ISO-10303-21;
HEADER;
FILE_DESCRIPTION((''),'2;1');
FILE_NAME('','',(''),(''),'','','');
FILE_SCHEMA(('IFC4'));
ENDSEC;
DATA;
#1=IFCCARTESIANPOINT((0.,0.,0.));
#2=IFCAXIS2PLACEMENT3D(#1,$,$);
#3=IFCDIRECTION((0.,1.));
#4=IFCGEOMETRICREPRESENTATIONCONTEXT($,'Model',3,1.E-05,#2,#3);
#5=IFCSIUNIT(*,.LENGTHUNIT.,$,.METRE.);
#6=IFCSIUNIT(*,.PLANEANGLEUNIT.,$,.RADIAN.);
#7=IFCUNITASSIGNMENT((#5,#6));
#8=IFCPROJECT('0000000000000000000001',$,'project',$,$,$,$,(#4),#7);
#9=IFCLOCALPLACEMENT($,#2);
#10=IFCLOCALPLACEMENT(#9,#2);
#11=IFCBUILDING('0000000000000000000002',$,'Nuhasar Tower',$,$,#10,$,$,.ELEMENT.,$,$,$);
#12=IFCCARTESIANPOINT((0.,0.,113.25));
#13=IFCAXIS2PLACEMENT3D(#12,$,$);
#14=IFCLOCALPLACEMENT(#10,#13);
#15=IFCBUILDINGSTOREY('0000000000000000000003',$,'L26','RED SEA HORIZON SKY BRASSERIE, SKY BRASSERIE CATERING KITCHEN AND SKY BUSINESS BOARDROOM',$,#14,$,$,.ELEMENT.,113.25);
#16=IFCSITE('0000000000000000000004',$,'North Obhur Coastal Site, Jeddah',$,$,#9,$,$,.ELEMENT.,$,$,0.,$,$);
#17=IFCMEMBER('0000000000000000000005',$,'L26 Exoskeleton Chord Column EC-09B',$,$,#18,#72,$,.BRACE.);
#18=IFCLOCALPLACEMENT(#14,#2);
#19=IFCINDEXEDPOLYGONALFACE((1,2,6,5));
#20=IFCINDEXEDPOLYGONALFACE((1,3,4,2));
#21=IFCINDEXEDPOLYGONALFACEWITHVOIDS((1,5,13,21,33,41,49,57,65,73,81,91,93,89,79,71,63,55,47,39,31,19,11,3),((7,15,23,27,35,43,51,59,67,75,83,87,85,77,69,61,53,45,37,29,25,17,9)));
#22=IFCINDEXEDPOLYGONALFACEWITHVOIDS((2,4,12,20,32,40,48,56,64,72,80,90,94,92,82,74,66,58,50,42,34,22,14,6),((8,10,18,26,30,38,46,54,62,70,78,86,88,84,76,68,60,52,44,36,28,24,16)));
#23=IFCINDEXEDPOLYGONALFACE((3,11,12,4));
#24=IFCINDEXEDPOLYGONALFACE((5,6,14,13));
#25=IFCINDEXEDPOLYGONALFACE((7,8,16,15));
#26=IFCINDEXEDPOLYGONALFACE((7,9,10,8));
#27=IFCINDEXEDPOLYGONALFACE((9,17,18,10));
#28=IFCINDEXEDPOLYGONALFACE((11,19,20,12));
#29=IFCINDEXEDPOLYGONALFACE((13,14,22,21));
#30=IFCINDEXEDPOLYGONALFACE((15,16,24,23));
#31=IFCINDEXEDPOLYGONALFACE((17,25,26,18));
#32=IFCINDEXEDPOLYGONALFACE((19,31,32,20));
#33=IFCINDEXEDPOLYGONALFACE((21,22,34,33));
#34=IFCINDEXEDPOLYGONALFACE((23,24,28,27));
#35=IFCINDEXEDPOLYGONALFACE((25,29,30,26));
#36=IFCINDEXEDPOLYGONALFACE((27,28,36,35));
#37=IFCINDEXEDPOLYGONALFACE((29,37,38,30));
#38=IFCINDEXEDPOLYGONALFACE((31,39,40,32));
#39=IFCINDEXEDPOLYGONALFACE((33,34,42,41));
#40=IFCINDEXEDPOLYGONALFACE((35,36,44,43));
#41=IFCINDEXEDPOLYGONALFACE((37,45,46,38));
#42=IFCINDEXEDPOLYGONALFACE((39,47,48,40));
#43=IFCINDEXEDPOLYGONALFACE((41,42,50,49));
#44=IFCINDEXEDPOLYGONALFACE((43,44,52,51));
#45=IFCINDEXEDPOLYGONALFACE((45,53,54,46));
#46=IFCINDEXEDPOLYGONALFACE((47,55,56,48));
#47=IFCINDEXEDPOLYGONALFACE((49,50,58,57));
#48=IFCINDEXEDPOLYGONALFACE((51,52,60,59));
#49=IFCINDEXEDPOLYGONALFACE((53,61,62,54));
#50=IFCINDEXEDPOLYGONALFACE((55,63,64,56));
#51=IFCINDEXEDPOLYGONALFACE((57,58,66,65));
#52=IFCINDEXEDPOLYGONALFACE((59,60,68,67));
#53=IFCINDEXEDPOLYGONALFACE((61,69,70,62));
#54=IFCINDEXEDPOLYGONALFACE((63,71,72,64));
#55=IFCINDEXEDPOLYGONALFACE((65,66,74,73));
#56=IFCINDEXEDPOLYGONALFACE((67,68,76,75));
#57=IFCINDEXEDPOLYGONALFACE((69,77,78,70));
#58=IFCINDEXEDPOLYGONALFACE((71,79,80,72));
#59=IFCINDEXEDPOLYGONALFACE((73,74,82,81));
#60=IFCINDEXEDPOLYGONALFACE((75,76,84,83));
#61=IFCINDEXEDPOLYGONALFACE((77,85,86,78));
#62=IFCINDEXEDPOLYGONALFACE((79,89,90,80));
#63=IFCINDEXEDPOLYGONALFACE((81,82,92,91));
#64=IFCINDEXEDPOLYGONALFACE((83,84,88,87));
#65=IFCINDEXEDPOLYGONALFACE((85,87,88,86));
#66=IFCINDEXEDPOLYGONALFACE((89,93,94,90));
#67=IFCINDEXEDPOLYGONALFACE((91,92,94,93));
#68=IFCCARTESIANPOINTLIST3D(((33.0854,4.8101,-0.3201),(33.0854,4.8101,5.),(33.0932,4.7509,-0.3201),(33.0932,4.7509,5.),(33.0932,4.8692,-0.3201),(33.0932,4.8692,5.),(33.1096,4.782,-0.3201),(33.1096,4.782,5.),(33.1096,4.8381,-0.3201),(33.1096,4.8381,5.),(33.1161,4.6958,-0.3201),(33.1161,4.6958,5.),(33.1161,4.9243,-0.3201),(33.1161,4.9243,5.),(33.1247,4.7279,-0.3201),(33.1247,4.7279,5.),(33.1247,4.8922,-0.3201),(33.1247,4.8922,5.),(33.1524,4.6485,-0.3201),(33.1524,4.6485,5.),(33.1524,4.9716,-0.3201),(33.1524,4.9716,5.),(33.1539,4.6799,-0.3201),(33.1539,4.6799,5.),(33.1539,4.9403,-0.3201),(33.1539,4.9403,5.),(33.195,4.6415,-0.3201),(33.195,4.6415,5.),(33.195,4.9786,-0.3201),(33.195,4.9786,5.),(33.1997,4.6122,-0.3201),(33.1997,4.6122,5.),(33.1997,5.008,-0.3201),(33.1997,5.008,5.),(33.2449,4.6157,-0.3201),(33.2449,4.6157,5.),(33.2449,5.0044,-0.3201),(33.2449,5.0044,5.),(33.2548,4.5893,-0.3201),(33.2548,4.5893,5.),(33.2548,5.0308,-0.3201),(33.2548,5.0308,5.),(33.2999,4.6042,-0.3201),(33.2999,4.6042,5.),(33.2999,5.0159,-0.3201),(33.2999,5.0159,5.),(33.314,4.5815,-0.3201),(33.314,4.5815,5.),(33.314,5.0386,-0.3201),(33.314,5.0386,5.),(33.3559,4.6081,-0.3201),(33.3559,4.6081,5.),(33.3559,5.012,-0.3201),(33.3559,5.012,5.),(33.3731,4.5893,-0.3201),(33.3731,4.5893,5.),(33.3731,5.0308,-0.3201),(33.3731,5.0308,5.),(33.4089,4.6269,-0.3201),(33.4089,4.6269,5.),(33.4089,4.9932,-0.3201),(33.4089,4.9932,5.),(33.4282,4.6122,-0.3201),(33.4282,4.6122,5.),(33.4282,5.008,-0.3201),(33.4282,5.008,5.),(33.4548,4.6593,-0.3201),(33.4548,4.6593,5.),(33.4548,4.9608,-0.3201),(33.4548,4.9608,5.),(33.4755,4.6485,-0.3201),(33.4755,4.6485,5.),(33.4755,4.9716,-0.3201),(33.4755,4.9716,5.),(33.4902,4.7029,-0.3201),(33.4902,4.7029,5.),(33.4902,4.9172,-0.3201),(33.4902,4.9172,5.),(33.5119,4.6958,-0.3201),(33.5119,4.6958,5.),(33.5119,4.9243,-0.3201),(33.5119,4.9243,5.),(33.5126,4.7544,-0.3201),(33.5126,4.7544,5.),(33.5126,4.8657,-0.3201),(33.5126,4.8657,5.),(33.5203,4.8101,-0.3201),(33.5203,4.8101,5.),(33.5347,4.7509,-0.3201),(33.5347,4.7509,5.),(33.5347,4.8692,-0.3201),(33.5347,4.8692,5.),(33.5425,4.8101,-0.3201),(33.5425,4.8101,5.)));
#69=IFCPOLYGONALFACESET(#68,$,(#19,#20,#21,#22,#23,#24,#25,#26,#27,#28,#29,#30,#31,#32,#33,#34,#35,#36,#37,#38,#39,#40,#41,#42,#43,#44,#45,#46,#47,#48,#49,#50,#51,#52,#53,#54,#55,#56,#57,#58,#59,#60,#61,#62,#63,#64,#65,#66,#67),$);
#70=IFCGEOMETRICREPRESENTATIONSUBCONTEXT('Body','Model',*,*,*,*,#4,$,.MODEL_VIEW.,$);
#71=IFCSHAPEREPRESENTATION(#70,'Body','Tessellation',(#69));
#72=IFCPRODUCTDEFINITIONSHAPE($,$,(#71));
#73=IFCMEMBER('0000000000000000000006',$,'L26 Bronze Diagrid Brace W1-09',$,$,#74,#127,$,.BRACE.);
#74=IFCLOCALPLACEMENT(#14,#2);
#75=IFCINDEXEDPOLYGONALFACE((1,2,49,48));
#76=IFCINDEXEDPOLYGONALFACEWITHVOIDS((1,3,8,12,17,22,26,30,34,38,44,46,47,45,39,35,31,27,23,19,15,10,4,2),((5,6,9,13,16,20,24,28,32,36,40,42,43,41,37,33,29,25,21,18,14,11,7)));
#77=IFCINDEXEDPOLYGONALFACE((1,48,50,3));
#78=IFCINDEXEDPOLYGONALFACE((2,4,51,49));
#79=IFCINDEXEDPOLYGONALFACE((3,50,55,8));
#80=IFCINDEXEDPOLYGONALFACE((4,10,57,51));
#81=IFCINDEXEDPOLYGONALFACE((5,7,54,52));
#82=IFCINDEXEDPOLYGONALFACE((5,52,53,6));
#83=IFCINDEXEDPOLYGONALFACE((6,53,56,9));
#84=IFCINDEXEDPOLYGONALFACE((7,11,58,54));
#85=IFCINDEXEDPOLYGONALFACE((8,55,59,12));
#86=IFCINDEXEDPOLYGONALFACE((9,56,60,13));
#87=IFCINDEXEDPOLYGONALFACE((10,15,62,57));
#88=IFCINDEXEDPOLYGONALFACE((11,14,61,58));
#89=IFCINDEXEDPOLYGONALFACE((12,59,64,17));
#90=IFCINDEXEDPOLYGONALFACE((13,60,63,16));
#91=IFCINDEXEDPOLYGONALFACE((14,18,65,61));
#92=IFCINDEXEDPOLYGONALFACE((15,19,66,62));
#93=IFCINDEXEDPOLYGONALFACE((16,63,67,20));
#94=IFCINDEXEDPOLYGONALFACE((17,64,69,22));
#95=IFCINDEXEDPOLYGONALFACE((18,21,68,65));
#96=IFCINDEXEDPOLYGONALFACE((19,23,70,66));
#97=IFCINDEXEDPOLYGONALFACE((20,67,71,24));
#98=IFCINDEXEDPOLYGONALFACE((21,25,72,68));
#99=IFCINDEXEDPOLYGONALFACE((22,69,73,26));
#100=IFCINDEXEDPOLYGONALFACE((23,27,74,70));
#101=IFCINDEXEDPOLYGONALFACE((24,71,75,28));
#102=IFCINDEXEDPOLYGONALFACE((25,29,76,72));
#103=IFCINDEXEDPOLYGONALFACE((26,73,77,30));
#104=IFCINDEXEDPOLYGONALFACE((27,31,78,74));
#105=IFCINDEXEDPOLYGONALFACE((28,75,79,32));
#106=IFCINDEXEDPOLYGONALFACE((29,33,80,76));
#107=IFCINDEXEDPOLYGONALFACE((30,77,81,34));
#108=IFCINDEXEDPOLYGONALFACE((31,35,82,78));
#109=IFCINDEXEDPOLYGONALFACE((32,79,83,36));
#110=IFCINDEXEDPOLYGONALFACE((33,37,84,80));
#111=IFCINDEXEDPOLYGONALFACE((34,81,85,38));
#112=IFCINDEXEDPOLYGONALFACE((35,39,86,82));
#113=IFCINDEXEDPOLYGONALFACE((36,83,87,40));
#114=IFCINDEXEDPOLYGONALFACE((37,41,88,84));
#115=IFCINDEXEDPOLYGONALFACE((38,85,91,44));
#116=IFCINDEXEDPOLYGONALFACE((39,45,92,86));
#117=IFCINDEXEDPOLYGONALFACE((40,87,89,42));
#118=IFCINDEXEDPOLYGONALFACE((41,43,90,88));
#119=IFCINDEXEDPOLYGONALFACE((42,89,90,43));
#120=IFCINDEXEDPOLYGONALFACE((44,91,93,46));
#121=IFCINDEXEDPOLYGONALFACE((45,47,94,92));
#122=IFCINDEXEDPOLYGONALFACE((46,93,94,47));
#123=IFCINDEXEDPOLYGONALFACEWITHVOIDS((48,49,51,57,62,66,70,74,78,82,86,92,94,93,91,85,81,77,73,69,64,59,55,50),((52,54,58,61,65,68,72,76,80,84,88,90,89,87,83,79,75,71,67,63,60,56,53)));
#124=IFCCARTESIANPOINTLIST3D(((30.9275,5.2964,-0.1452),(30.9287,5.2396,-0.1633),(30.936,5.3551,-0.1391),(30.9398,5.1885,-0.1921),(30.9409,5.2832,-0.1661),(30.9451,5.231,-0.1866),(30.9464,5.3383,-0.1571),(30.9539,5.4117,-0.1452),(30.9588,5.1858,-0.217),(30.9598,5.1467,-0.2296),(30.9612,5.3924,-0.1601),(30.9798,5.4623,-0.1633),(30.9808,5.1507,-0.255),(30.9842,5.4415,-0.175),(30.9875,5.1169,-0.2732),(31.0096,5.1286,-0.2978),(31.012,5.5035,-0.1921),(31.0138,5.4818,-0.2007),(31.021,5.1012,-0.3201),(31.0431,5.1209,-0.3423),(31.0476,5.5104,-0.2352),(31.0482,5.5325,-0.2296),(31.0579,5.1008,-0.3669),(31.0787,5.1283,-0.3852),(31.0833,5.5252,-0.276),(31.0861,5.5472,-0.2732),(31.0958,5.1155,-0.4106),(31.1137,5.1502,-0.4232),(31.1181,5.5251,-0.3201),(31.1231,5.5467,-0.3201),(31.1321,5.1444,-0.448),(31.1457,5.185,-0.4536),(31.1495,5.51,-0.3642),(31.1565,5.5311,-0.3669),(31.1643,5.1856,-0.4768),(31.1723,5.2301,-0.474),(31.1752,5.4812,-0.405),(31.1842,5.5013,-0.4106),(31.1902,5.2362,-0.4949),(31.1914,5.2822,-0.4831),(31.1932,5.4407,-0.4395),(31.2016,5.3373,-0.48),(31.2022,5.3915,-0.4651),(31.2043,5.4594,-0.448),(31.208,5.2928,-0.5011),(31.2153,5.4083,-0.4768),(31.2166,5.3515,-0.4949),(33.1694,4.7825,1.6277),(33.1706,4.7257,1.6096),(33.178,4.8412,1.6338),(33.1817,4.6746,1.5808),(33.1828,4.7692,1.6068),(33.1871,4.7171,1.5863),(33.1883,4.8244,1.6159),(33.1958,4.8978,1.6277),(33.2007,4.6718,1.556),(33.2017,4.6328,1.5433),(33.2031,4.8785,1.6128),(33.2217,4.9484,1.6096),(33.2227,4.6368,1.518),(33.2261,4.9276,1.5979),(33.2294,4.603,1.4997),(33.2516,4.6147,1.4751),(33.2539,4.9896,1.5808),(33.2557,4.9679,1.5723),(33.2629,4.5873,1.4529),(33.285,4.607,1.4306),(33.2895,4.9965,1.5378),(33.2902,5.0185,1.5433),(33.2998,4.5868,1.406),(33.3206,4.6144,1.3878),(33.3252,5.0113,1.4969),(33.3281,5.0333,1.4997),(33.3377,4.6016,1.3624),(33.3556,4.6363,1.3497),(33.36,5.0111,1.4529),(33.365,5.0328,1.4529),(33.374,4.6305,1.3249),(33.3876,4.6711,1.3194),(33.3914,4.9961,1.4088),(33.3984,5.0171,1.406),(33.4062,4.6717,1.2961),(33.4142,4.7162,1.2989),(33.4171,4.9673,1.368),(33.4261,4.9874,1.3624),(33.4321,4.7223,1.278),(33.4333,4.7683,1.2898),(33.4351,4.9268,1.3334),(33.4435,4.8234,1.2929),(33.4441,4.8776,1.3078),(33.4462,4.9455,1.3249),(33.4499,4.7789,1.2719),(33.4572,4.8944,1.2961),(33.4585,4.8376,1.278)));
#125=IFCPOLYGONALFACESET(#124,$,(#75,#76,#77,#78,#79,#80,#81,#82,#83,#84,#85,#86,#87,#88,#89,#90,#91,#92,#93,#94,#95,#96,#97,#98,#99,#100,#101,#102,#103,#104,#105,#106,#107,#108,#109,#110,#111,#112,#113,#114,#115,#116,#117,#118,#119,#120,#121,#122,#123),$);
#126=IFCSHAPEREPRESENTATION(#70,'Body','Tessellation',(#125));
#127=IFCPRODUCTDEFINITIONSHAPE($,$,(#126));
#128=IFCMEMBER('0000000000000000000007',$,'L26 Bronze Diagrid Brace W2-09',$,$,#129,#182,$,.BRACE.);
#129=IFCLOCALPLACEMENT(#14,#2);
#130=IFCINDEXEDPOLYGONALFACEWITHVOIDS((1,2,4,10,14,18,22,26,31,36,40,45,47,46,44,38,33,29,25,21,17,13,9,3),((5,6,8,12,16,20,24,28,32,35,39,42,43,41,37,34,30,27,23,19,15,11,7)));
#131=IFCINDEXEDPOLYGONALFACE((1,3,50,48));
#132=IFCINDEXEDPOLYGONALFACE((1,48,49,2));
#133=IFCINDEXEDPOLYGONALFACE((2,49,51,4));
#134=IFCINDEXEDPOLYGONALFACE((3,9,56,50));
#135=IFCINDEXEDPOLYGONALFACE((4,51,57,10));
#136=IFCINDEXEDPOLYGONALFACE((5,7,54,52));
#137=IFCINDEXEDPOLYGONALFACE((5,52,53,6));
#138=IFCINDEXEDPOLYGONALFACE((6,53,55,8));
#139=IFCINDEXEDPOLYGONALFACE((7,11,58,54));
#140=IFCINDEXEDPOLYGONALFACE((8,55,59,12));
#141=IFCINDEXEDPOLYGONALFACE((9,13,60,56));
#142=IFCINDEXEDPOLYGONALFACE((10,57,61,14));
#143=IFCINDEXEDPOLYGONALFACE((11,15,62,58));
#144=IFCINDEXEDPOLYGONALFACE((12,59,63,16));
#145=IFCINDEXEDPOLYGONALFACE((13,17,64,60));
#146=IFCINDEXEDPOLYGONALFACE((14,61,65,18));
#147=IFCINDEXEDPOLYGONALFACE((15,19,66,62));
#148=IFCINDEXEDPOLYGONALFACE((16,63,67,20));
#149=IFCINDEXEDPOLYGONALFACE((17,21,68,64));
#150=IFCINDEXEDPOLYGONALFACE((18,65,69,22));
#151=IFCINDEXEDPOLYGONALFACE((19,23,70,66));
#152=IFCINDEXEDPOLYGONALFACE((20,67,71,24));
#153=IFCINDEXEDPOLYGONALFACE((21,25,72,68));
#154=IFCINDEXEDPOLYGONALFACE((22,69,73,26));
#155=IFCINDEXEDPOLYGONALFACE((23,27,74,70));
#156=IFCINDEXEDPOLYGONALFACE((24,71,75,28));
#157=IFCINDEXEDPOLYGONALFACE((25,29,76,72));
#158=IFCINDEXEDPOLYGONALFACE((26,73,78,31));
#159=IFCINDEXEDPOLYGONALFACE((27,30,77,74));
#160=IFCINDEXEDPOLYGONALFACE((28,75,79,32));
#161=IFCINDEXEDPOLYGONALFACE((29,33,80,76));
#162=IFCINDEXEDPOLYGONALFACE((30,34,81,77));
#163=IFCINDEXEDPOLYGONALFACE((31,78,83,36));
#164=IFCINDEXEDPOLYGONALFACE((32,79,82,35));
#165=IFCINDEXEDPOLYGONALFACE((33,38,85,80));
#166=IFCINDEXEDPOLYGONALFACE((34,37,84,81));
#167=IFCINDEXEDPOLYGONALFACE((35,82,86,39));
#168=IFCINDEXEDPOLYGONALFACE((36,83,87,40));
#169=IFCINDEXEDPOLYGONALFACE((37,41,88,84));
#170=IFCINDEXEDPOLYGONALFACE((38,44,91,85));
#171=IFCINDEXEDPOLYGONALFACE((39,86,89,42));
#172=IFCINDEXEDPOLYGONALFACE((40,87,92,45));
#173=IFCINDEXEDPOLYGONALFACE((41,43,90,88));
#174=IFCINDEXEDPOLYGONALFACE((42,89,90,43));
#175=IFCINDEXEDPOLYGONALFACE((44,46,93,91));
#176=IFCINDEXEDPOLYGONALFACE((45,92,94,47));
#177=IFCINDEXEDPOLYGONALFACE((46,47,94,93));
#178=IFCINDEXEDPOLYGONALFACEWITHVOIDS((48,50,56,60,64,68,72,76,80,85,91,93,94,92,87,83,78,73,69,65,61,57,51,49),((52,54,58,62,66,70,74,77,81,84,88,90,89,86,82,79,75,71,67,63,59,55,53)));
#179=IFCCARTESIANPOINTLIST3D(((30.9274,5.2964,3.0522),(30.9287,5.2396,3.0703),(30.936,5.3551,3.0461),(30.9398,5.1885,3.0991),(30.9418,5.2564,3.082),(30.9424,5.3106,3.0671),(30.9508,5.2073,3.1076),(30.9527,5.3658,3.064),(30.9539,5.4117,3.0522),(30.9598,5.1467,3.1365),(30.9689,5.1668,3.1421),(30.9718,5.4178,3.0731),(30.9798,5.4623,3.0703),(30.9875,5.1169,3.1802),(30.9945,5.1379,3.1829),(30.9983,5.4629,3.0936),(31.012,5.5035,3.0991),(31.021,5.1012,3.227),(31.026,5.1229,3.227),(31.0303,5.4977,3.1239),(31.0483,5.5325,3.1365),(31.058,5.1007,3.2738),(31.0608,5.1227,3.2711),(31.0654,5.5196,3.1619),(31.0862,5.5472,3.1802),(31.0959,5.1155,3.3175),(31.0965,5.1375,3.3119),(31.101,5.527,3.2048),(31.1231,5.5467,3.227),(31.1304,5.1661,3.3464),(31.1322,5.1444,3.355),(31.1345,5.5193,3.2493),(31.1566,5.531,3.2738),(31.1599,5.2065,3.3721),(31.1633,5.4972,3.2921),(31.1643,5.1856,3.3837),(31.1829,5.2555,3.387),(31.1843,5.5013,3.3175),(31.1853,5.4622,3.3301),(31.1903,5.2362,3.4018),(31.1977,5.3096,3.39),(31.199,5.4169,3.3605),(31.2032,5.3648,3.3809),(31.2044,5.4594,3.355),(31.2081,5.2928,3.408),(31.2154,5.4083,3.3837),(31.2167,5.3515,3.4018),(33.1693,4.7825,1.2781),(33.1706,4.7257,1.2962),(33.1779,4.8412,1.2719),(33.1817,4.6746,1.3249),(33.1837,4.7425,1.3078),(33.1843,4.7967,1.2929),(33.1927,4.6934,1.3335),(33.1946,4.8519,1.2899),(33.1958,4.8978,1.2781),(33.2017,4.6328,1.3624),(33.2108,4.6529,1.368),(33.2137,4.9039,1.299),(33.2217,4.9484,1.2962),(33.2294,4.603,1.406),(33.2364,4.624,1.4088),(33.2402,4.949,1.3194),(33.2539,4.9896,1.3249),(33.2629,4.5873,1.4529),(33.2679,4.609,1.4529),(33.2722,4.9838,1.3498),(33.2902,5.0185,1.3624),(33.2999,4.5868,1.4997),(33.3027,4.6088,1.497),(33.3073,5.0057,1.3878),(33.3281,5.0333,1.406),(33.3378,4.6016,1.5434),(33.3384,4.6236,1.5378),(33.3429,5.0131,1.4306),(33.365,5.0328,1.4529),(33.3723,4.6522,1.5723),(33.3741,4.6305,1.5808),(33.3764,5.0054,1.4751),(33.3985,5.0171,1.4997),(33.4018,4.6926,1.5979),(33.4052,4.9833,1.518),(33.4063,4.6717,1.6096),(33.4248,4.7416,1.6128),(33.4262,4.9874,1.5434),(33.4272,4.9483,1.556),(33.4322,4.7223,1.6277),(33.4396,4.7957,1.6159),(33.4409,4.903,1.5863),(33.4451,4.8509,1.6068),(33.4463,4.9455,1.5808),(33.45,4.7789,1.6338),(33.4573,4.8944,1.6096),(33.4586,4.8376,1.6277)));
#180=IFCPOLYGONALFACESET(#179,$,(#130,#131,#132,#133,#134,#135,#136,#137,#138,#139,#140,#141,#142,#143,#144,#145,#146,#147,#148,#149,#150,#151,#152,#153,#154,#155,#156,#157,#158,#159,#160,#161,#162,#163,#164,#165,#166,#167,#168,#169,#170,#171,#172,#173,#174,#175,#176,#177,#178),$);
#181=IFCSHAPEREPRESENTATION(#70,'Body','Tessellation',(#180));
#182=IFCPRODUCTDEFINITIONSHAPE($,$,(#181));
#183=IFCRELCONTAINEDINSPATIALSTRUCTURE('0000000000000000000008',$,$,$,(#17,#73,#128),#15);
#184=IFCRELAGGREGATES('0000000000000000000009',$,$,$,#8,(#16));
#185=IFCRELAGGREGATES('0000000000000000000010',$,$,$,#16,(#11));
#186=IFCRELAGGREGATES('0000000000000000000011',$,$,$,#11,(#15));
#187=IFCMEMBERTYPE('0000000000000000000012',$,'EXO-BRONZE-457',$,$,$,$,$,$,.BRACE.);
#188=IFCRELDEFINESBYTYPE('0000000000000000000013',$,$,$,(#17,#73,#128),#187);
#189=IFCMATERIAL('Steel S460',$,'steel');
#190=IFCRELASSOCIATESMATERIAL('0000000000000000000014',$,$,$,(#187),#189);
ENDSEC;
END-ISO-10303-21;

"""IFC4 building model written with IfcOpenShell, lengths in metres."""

from ifc_helpers import new_model, si_unit, direction, frame, origin, origin_2d, place, context, subcontext, project, spatial, hollow_circle, extrude, material, material_profile, profile_set, type_object, element, save


model = new_model("IFC4")

# Units and contexts
model_context = context("Model", 3, precision=1e-05, world=origin(), true_north=direction((0.0, 1.0)))
body_context = subcontext(model_context, "Body", "Model", "MODEL_VIEW")
ifc_project = project(units=[si_unit("LENGTHUNIT", "METRE"), si_unit("PLANEANGLEUNIT", "RADIAN")], contexts=[model_context])

# Site, building, storey
site_placement = place(None, origin())
site = spatial("IfcSite", under=ifc_project, at=site_placement, Name="North Obhur Coastal Site, Jeddah", CompositionType="ELEMENT", RefElevation=0.0)
building_placement = place(site_placement, origin())
building = spatial("IfcBuilding", under=site, at=building_placement, Name="Nuhasar Tower", CompositionType="ELEMENT")
storey_placement = place(building_placement, frame((0.0, 0.0, 113.25)))
storey = spatial("IfcBuildingStorey", under=building, at=storey_placement, Name="L26", Description="RED SEA HORIZON SKY BRASSERIE, SKY BRASSERIE CATERING KITCHEN AND SKY BUSINESS BOARDROOM", CompositionType="ELEMENT", Elevation=113.25)

# Shared definitions
ifc_material_1 = material(Name="Steel S460", Category="steel")

# Members
ifc_material_profile_1 = material_profile(ifc_material_1, hollow_circle(Radius=0.2285, WallThickness=0.0222, at=origin_2d()), Name="HSS457X22.2")
ifc_profile_set_1 = profile_set([ifc_material_profile_1], Name="Steel S460")
member_type = type_object("IfcMemberType", Name="EXO-BRONZE-457", PredefinedType="BRACE", material=ifc_profile_set_1)
for number, where, z_axis, x_axis, name in (
    (1, (33.314, 4.8101, -0.3201), (0.0, 0.0, 1.0), (1.0, 0.0, 0.0), "L26 Exoskeleton Chord Column EC-09B"),
):
    element("IfcMember", number, at=place(storey_placement, frame(where, z_axis=z_axis, x_axis=x_axis)), inside=storey, type_object=member_type, Name=name, PredefinedType="BRACE", context=body_context, shape_type="SweptSolid", body=[
        extrude(hollow_circle(Radius=0.2285, WallThickness=0.0222, at=origin_2d()), origin(), (0.0, 0.0, 1.0), 5.3201),
    ])
member_1_placement = place(storey_placement, frame((31.072, 5.324, -0.3201), z_axis=(0.771994, -0.176963, 0.6105), x_axis=(0.223433, 0.974719, 0.0)))
element("IfcMember", 2, at=member_1_placement, inside=storey, type_object=member_type, Name="L26 Bronze Diagrid Brace W1-09", PredefinedType="BRACE", context=body_context, shape_type="SweptSolid", body=[
    extrude(hollow_circle(Radius=0.2285, WallThickness=0.0222, at=origin_2d()), origin(), (0.0, 0.0, 1.0), 2.9041),
])
member_2_placement = place(storey_placement, frame((33.314, 4.8101, 1.4529), z_axis=(-0.771796, 0.176917, 0.610763), x_axis=(-0.223433, -0.974719, 0.0)))
element("IfcMember", 3, at=member_2_placement, inside=storey, type_object=member_type, Name="L26 Bronze Diagrid Brace W2-09", PredefinedType="BRACE", context=body_context, shape_type="SweptSolid", body=[
    extrude(hollow_circle(Radius=0.2285, WallThickness=0.0222, at=origin_2d()), origin(), (0.0, 0.0, 1.0), 2.9048),
])

save(model, "model.ifc")
